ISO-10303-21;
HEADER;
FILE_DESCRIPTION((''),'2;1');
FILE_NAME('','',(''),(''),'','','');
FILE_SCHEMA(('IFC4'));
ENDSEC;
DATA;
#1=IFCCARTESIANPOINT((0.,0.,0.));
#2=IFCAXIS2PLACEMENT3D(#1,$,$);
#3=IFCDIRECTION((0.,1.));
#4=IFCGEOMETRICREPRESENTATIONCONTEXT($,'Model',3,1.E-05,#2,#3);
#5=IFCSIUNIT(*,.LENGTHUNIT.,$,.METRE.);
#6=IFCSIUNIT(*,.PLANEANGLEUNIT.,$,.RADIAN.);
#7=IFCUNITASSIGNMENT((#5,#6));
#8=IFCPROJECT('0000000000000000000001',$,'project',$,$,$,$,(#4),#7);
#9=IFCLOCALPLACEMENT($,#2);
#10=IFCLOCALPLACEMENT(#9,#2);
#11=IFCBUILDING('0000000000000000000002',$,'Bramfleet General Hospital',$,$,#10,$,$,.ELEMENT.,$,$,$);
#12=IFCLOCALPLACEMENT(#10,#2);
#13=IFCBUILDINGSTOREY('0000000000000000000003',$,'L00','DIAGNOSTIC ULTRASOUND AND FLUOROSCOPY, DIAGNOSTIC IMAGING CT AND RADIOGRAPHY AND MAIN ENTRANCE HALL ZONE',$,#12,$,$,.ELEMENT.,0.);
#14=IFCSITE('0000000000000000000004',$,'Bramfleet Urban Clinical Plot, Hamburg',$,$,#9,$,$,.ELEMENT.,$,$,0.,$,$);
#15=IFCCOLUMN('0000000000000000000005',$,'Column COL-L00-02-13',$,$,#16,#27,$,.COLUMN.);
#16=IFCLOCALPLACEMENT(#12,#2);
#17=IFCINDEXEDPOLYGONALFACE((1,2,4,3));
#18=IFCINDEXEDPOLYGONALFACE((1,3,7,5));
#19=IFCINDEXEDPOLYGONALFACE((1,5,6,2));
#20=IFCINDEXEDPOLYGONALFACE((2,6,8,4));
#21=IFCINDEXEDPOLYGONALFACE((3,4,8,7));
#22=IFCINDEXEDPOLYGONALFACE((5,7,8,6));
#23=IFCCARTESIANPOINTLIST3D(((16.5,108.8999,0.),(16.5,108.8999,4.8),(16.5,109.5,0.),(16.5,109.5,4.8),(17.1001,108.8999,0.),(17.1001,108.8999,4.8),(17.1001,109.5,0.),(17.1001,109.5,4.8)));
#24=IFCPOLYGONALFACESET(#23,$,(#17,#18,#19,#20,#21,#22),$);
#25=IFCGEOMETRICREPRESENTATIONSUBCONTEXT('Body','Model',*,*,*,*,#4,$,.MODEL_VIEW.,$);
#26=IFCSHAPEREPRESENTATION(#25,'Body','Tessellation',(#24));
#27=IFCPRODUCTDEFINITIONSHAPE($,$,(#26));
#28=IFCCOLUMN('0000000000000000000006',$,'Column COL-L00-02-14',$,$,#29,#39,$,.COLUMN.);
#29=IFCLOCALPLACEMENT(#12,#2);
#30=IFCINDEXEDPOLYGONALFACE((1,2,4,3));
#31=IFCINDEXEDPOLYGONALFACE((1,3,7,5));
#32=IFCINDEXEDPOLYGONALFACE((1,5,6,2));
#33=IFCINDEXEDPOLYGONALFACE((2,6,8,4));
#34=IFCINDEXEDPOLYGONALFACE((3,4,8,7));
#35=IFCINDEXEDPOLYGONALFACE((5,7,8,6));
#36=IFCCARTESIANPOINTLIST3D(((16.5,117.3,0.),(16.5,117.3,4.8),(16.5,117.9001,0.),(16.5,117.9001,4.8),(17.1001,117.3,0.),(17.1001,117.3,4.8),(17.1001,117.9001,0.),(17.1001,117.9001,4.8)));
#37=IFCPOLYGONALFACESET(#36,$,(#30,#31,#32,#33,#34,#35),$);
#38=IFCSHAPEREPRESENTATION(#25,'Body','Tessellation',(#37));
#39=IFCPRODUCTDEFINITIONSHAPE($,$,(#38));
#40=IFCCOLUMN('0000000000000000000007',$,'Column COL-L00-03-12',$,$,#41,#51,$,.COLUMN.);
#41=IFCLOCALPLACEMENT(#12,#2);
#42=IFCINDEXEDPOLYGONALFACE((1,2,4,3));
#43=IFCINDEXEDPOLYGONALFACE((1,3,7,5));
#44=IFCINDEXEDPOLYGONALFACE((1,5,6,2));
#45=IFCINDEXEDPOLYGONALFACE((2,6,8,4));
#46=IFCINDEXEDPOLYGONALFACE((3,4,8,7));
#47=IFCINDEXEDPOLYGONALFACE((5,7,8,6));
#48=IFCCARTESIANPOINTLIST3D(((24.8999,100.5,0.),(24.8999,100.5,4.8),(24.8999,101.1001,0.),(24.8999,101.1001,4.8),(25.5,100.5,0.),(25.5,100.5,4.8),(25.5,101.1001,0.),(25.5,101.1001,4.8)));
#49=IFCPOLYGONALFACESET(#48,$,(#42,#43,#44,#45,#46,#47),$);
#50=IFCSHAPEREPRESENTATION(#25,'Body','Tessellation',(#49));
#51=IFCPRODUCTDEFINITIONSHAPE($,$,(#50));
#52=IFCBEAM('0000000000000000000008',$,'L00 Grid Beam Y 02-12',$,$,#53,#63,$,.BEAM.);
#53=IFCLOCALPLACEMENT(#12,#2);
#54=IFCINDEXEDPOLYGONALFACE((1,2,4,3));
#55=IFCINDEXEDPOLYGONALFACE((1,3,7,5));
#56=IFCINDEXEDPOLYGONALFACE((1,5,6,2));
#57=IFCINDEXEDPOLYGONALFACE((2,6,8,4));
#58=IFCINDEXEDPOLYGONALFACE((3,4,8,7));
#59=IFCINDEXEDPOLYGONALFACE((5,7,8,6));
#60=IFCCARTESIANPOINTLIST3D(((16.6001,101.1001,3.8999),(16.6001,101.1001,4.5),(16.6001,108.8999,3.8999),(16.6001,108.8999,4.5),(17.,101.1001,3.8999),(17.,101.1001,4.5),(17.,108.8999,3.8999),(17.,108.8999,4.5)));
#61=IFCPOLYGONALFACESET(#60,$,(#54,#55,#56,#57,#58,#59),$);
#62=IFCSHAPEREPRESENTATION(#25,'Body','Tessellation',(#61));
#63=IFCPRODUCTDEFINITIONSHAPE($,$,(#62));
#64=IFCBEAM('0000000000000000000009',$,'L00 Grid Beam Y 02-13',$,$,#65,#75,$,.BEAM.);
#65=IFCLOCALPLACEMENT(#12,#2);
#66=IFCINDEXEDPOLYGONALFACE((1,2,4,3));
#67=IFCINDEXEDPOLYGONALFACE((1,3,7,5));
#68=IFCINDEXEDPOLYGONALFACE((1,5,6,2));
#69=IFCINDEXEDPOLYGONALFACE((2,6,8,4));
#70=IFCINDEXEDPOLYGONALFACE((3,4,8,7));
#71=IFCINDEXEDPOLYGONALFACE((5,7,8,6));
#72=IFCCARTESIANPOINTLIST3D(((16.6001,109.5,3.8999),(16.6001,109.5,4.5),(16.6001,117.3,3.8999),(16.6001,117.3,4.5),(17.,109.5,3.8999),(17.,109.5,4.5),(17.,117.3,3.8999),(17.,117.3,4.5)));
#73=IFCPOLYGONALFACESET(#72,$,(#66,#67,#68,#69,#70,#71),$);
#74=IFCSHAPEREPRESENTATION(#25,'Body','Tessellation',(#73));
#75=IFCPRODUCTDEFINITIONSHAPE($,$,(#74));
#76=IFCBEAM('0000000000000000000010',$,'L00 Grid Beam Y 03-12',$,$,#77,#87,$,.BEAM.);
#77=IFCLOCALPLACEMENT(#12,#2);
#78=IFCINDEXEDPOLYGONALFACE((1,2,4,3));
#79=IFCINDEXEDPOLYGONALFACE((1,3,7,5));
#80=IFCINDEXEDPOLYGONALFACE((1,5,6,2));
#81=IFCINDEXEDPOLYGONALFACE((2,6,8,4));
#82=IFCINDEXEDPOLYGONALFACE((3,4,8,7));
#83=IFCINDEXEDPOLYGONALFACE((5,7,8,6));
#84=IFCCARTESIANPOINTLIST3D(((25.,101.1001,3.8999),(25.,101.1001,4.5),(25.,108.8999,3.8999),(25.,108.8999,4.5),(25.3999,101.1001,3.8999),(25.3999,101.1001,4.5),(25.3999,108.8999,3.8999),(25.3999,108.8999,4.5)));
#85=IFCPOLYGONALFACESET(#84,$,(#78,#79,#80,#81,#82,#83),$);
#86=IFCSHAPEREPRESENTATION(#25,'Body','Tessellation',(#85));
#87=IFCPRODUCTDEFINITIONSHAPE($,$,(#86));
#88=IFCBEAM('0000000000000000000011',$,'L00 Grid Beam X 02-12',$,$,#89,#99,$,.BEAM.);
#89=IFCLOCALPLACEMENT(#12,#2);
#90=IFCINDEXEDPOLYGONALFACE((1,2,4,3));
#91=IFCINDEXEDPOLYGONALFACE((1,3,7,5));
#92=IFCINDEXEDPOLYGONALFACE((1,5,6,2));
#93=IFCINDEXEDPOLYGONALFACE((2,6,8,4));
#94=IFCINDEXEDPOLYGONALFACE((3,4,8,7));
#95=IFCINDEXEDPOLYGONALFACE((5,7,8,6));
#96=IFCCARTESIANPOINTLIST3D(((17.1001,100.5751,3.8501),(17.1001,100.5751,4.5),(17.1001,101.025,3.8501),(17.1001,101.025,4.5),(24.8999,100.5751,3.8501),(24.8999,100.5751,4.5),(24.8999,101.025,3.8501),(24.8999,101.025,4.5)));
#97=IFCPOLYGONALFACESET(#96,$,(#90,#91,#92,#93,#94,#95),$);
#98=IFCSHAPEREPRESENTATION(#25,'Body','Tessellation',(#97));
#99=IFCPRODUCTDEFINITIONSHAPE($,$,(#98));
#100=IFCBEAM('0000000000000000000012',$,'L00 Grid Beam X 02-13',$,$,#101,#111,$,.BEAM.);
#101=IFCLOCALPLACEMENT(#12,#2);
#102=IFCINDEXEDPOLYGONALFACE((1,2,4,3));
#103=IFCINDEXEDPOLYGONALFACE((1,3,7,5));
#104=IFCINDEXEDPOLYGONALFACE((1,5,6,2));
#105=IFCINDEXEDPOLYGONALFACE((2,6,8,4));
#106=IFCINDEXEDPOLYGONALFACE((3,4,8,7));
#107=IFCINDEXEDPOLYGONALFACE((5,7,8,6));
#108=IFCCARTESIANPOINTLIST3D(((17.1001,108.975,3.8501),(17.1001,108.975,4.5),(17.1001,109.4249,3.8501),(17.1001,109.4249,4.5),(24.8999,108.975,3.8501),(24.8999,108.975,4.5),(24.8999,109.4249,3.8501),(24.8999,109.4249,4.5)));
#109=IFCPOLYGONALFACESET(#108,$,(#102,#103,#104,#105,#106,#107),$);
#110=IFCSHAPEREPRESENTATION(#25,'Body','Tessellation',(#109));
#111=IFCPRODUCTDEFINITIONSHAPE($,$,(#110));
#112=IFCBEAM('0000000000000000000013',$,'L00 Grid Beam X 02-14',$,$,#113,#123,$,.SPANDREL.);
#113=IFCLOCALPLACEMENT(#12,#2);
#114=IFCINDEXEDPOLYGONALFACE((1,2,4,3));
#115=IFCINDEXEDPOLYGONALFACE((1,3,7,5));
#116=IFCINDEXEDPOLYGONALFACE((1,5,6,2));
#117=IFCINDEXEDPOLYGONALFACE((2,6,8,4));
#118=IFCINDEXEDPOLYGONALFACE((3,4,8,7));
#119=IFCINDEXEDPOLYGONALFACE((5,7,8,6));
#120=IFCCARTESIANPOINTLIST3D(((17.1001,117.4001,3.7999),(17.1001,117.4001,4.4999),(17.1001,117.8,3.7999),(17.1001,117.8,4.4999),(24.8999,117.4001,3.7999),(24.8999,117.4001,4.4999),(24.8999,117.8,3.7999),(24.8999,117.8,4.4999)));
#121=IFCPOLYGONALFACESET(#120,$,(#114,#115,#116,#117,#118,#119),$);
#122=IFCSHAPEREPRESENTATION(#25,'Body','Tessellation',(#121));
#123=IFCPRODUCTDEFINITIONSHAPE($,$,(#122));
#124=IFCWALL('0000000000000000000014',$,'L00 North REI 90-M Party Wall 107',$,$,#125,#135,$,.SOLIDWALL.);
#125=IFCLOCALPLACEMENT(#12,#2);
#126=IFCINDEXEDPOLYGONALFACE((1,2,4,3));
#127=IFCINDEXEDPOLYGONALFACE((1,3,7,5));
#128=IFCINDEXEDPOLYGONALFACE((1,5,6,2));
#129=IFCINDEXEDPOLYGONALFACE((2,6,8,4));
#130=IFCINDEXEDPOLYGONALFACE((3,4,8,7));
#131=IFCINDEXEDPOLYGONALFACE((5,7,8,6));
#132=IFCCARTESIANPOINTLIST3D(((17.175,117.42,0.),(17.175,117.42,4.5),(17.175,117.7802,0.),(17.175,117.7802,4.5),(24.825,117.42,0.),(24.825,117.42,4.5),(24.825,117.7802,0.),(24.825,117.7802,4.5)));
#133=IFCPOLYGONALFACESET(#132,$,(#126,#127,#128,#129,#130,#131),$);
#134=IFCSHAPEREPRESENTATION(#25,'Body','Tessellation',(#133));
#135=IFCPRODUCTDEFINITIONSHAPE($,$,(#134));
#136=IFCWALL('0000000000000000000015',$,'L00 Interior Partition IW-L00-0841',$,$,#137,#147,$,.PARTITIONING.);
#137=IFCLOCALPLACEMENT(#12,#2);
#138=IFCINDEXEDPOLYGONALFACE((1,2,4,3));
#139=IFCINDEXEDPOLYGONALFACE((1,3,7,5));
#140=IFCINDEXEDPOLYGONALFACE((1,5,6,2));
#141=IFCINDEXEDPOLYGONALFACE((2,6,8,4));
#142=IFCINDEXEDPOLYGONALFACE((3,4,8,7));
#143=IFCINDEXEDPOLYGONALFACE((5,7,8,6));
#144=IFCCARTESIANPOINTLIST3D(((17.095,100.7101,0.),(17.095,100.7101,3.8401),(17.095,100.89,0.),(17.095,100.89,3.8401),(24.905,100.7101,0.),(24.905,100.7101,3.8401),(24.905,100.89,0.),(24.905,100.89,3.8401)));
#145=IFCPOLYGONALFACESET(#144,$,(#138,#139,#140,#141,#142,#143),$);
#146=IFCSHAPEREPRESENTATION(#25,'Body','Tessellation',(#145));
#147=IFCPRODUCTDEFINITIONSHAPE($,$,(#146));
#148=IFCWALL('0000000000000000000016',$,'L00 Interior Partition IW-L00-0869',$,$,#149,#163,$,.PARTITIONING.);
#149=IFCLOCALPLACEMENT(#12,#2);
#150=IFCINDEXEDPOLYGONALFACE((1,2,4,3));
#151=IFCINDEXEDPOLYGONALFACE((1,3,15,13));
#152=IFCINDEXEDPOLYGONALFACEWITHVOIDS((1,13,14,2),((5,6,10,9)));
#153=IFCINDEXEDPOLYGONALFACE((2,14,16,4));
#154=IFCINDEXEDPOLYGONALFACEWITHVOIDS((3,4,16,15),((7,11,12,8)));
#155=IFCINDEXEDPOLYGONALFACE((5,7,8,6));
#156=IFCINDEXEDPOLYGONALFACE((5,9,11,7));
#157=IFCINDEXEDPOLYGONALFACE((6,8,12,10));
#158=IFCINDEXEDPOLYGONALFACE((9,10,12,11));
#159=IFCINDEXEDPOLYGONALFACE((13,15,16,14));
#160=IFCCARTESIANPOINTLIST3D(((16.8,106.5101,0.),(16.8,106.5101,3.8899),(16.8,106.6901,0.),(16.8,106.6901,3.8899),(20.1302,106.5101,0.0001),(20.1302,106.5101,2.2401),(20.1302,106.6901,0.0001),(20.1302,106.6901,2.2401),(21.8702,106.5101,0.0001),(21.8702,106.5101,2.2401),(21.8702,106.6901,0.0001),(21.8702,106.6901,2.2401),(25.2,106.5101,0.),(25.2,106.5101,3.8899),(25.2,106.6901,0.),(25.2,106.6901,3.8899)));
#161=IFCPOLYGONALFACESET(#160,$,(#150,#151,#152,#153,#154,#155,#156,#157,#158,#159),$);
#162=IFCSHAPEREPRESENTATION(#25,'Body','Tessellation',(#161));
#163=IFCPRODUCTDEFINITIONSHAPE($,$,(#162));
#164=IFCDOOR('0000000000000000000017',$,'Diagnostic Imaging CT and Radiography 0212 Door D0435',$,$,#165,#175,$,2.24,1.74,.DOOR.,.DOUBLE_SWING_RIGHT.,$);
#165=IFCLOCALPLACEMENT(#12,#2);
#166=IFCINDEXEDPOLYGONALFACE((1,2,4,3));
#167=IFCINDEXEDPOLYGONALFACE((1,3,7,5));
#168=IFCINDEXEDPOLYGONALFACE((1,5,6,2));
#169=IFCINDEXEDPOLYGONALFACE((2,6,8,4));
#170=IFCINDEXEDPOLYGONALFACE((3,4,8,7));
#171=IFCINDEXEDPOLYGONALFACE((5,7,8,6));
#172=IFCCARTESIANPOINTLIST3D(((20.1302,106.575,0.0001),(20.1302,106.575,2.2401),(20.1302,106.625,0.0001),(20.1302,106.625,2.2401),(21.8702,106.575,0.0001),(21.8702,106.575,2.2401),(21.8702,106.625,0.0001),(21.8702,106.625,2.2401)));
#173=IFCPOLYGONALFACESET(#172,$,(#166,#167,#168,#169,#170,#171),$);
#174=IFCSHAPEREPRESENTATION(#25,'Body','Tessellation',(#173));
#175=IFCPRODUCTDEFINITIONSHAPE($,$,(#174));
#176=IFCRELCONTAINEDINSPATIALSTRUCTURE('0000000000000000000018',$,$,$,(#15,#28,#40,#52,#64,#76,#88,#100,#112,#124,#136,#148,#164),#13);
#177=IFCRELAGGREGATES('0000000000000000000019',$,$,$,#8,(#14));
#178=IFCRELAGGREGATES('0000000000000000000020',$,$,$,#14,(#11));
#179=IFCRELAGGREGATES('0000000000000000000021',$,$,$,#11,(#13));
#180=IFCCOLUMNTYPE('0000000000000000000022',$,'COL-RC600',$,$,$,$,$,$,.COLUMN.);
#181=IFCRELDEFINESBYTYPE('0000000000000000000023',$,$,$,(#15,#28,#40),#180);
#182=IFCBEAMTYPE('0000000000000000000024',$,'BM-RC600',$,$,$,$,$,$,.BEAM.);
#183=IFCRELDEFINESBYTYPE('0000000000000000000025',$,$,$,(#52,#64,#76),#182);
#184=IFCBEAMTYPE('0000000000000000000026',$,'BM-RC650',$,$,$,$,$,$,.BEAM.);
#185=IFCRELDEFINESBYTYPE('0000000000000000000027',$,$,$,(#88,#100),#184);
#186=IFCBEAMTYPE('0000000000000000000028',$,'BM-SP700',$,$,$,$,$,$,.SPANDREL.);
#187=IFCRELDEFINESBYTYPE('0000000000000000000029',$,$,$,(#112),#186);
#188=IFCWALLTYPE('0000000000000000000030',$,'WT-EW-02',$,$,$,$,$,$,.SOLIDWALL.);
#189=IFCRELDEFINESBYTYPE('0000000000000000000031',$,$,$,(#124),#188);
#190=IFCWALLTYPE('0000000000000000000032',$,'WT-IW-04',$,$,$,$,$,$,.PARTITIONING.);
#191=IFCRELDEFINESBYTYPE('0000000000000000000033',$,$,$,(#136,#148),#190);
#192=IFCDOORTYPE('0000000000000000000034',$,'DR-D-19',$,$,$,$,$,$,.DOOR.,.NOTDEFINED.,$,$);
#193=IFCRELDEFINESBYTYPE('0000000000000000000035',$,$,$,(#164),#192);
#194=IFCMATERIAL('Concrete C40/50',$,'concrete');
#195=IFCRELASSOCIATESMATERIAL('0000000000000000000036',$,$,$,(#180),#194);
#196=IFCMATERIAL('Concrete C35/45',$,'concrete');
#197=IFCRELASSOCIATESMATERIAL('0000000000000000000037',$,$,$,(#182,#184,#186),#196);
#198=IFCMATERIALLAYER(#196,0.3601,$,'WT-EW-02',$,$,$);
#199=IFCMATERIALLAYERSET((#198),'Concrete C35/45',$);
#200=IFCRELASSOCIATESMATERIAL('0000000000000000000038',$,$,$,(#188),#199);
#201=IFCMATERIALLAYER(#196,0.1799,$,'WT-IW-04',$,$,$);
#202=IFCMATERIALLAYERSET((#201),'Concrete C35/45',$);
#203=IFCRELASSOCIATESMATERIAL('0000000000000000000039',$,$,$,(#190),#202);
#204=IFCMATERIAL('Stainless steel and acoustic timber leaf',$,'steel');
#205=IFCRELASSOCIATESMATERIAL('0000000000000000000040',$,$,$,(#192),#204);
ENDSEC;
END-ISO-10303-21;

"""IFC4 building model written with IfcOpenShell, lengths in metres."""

from ifc_helpers import new_model, si_unit, direction, frame, frame_2d, origin, origin_2d, place, context, subcontext, project, spatial, rectangle, extrude, material, layer, layer_set, material_profile, profile_set, type_object, element, fill, save


model = new_model("IFC4")

# Units and contexts
model_context = context("Model", 3, precision=1e-05, world=origin(), true_north=direction((0.0, 1.0)))
body_context = subcontext(model_context, "Body", "Model", "MODEL_VIEW")
ifc_project = project(units=[si_unit("LENGTHUNIT", "METRE"), si_unit("PLANEANGLEUNIT", "RADIAN")], contexts=[model_context])

# Site, building, storey
site_placement = place(None, origin())
site = spatial("IfcSite", under=ifc_project, at=site_placement, Name="Bramfleet Urban Clinical Plot, Hamburg", CompositionType="ELEMENT", RefElevation=0.0)
building_placement = place(site_placement, origin())
building = spatial("IfcBuilding", under=site, at=building_placement, Name="Bramfleet General Hospital", CompositionType="ELEMENT")
storey_placement = place(building_placement, origin())
storey = spatial("IfcBuildingStorey", under=building, at=storey_placement, Name="L00", Description="DIAGNOSTIC ULTRASOUND AND FLUOROSCOPY, DIAGNOSTIC IMAGING CT AND RADIOGRAPHY AND MAIN ENTRANCE HALL ZONE", CompositionType="ELEMENT", Elevation=0.0)

# Columns
ifc_material_1 = material(Name="Concrete C40/50", Category="concrete")
ifc_material_profile_1 = material_profile(ifc_material_1, rectangle(XDim=0.6001, YDim=0.6001, at=origin_2d()), Name="RC COL 600x600")
ifc_profile_set_1 = profile_set([ifc_material_profile_1], Name="Concrete C40/50")
column_type = type_object("IfcColumnType", Name="COL-RC600", PredefinedType="COLUMN", material=ifc_profile_set_1)
for number, where, z_axis, x_axis, name in (
    (1, (16.8, 109.2, 0.0), (0.0, 0.0, 1.0), (1.0, 0.0, 0.0), "Column COL-L00-02-13"),
    (2, (16.8, 117.6001, 0.0), (0.0, 0.0, 1.0), (1.0, 0.0, 0.0), "Column COL-L00-02-14"),
    (3, (25.2, 100.8, 0.0), (0.0, 0.0, 1.0), (1.0, 0.0, 0.0), "Column COL-L00-03-12"),
):
    element("IfcColumn", number, at=place(storey_placement, frame(where, z_axis=z_axis, x_axis=x_axis)), inside=storey, type_object=column_type, Name=name, PredefinedType="COLUMN", context=body_context, shape_type="SweptSolid", body=[
        extrude(rectangle(XDim=0.6001, YDim=0.6001, at=origin_2d()), origin(), (0.0, 0.0, 1.0), 4.8),
    ])

# Beams
ifc_material_2 = material(Name="Concrete C35/45", Category="concrete")
ifc_material_profile_2 = material_profile(ifc_material_2, rectangle(XDim=0.3999, YDim=0.6001, at=origin_2d()), Name="RC BM 600x400")
ifc_profile_set_2 = profile_set([ifc_material_profile_2], Name="Concrete C35/45")
beam_type_1 = type_object("IfcBeamType", Name="BM-RC600", PredefinedType="BEAM", material=ifc_profile_set_2)
beam_1_placement = place(storey_placement, frame((16.8, 101.1001, 4.2), z_axis=(0.0, 1.0, 0.0), x_axis=(-1.0, 0.0, 0.0)))
element("IfcBeam", 4, at=beam_1_placement, inside=storey, type_object=beam_type_1, Name="L00 Grid Beam Y 02-12", PredefinedType="BEAM", context=body_context, shape_type="SweptSolid", body=[
    extrude(rectangle(XDim=0.3999, YDim=0.6001, at=origin_2d()), origin(), (0.0, 0.0, 1.0), 7.7998),
])
beam_2_placement = place(storey_placement, frame((16.8, 109.5, 4.2), z_axis=(0.0, 1.0, 0.0), x_axis=(-1.0, 0.0, 0.0)))
element("IfcBeam", 5, at=beam_2_placement, inside=storey, type_object=beam_type_1, Name="L00 Grid Beam Y 02-13", PredefinedType="BEAM", context=body_context, shape_type="SweptSolid", body=[
    extrude(rectangle(XDim=0.3999, YDim=0.6001, at=origin_2d()), origin(), (0.0, 0.0, 1.0), 7.8),
])
beam_3_placement = place(storey_placement, frame((25.2, 101.1001, 4.2), z_axis=(0.0, 1.0, 0.0), x_axis=(-1.0, 0.0, 0.0)))
element("IfcBeam", 6, at=beam_3_placement, inside=storey, type_object=beam_type_1, Name="L00 Grid Beam Y 03-12", PredefinedType="BEAM", context=body_context, shape_type="SweptSolid", body=[
    extrude(rectangle(XDim=0.3999, YDim=0.6001, at=origin_2d()), origin(), (0.0, 0.0, 1.0), 7.7998),
])
ifc_material_profile_3 = material_profile(ifc_material_2, rectangle(XDim=0.45, YDim=0.6499, at=origin_2d()), Name="RC BM 650x450")
ifc_profile_set_3 = profile_set([ifc_material_profile_3], Name="Concrete C35/45")
beam_type_2 = type_object("IfcBeamType", Name="BM-RC650", PredefinedType="BEAM", material=ifc_profile_set_3)
for number, where, z_axis, x_axis, name in (
    (7, (17.1001, 100.8, 4.175), (1.0, 0.0, 0.0), (0.0, 1.0, 0.0), "L00 Grid Beam X 02-12"),
    (8, (17.1001, 109.2, 4.175), (1.0, 0.0, 0.0), (0.0, 1.0, 0.0), "L00 Grid Beam X 02-13"),
):
    element("IfcBeam", number, at=place(storey_placement, frame(where, z_axis=z_axis, x_axis=x_axis)), inside=storey, type_object=beam_type_2, Name=name, PredefinedType="BEAM", context=body_context, shape_type="SweptSolid", body=[
        extrude(rectangle(XDim=0.45, YDim=0.6499, at=origin_2d()), origin(), (0.0, 0.0, 1.0), 7.7998),
    ])
ifc_material_profile_4 = material_profile(ifc_material_2, rectangle(XDim=0.3999, YDim=0.7, at=origin_2d()), Name="RC SP 700x400")
ifc_profile_set_4 = profile_set([ifc_material_profile_4], Name="Concrete C35/45")
beam_type_3 = type_object("IfcBeamType", Name="BM-SP700", PredefinedType="SPANDREL", material=ifc_profile_set_4)
beam_4_placement = place(storey_placement, frame((17.1001, 117.6001, 4.1499), z_axis=(1.0, 0.0, 0.0), x_axis=(0.0, 1.0, 0.0)))
element("IfcBeam", 9, at=beam_4_placement, inside=storey, type_object=beam_type_3, Name="L00 Grid Beam X 02-14", PredefinedType="SPANDREL", context=body_context, shape_type="SweptSolid", body=[
    extrude(rectangle(XDim=0.3999, YDim=0.7, at=origin_2d()), origin(), (0.0, 0.0, 1.0), 7.7998),
])

# Walls
ifc_layer_1 = layer(ifc_material_2, 0.3601, Name="WT-EW-02")
ifc_layer_set_1 = layer_set([ifc_layer_1], Name="Concrete C35/45")
wall_type_1 = type_object("IfcWallType", Name="WT-EW-02", PredefinedType="SOLIDWALL", material=ifc_layer_set_1)
wall_1_placement = place(storey_placement, frame((17.175, 117.6001, 0.0), z_axis=(0.0, 0.0, 1.0), x_axis=(1.0, 0.0, 0.0)))
element("IfcWall", 10, at=wall_1_placement, inside=storey, type_object=wall_type_1, Name="L00 North REI 90-M Party Wall 107", PredefinedType="SOLIDWALL", context=body_context, shape_type="SweptSolid", body=[
    extrude(rectangle(XDim=7.6499, YDim=0.3601, at=frame_2d((3.825, 0.0))), origin(), (0.0, 0.0, 1.0), 4.5),
])
ifc_layer_2 = layer(ifc_material_2, 0.1799, Name="WT-IW-04")
ifc_layer_set_2 = layer_set([ifc_layer_2], Name="Concrete C35/45")
wall_type_2 = type_object("IfcWallType", Name="WT-IW-04", PredefinedType="PARTITIONING", material=ifc_layer_set_2)
wall_2_placement = place(storey_placement, frame((17.095, 100.8, 0.0), z_axis=(0.0, 0.0, 1.0), x_axis=(1.0, 0.0, 0.0)))
element("IfcWall", 11, at=wall_2_placement, inside=storey, type_object=wall_type_2, Name="L00 Interior Partition IW-L00-0841", PredefinedType="PARTITIONING", context=body_context, shape_type="SweptSolid", body=[
    extrude(rectangle(XDim=7.8101, YDim=0.1799, at=frame_2d((3.905, 0.0))), origin(), (0.0, 0.0, 1.0), 3.8401),
])

# Wall, opening, door
wall_3_placement = place(storey_placement, frame((16.8, 106.6001, 0.0), z_axis=(0.0, 0.0, 1.0), x_axis=(1.0, 0.0, 0.0)))
wall_3 = element("IfcWall", 12, at=wall_3_placement, inside=storey, type_object=wall_type_2, Name="L00 Interior Partition IW-L00-0869", PredefinedType="PARTITIONING", context=body_context, shape_type="SweptSolid", body=[
    extrude(rectangle(XDim=8.3999, YDim=0.1799, at=frame_2d((4.2, 0.0))), origin(), (0.0, 0.0, 1.0), 3.8899),
])
opening_1_placement = place(wall_3_placement, frame((3.3301, 0.0, 0.0)))
opening_1 = element("IfcOpeningElement", 13, at=opening_1_placement, cuts=wall_3, PredefinedType="OPENING", context=body_context, shape_type="SweptSolid", body=[
    extrude(rectangle(XDim=1.74, YDim=2.24, at=frame_2d((0.8701, 1.1201))), frame((0.0, 0.0999, 0.0), z_axis=(0.0, -1.0, 0.0), x_axis=(1.0, 0.0, 0.0)), (0.0, 0.0, 1.0), 0.2),
])
ifc_material_3 = material(Name="Stainless steel and acoustic timber leaf", Category="steel")
door_type_1 = type_object("IfcDoorType", Name="DR-D-19", OperationType="NOTDEFINED", PredefinedType="DOOR", material=ifc_material_3)
door_1_placement = place(opening_1_placement, origin())
door_1 = element("IfcDoor", 14, at=door_1_placement, inside=storey, type_object=door_type_1, Name="Diagnostic Imaging CT and Radiography 0212 Door D0435", OperationType="DOUBLE_SWING_RIGHT", OverallHeight=2.24, OverallWidth=1.74, PredefinedType="DOOR", context=body_context, shape_type="SweptSolid", body=[
    extrude(rectangle(XDim=1.74, YDim=2.24, at=frame_2d((0.8701, 1.1201))), frame((0.0, 0.0249, 0.0), z_axis=(0.0, -1.0, 0.0), x_axis=(1.0, 0.0, 0.0)), (0.0, 0.0, 1.0), 0.05),
])
fill(opening_1, door_1)

save(model, "model.ifc")
